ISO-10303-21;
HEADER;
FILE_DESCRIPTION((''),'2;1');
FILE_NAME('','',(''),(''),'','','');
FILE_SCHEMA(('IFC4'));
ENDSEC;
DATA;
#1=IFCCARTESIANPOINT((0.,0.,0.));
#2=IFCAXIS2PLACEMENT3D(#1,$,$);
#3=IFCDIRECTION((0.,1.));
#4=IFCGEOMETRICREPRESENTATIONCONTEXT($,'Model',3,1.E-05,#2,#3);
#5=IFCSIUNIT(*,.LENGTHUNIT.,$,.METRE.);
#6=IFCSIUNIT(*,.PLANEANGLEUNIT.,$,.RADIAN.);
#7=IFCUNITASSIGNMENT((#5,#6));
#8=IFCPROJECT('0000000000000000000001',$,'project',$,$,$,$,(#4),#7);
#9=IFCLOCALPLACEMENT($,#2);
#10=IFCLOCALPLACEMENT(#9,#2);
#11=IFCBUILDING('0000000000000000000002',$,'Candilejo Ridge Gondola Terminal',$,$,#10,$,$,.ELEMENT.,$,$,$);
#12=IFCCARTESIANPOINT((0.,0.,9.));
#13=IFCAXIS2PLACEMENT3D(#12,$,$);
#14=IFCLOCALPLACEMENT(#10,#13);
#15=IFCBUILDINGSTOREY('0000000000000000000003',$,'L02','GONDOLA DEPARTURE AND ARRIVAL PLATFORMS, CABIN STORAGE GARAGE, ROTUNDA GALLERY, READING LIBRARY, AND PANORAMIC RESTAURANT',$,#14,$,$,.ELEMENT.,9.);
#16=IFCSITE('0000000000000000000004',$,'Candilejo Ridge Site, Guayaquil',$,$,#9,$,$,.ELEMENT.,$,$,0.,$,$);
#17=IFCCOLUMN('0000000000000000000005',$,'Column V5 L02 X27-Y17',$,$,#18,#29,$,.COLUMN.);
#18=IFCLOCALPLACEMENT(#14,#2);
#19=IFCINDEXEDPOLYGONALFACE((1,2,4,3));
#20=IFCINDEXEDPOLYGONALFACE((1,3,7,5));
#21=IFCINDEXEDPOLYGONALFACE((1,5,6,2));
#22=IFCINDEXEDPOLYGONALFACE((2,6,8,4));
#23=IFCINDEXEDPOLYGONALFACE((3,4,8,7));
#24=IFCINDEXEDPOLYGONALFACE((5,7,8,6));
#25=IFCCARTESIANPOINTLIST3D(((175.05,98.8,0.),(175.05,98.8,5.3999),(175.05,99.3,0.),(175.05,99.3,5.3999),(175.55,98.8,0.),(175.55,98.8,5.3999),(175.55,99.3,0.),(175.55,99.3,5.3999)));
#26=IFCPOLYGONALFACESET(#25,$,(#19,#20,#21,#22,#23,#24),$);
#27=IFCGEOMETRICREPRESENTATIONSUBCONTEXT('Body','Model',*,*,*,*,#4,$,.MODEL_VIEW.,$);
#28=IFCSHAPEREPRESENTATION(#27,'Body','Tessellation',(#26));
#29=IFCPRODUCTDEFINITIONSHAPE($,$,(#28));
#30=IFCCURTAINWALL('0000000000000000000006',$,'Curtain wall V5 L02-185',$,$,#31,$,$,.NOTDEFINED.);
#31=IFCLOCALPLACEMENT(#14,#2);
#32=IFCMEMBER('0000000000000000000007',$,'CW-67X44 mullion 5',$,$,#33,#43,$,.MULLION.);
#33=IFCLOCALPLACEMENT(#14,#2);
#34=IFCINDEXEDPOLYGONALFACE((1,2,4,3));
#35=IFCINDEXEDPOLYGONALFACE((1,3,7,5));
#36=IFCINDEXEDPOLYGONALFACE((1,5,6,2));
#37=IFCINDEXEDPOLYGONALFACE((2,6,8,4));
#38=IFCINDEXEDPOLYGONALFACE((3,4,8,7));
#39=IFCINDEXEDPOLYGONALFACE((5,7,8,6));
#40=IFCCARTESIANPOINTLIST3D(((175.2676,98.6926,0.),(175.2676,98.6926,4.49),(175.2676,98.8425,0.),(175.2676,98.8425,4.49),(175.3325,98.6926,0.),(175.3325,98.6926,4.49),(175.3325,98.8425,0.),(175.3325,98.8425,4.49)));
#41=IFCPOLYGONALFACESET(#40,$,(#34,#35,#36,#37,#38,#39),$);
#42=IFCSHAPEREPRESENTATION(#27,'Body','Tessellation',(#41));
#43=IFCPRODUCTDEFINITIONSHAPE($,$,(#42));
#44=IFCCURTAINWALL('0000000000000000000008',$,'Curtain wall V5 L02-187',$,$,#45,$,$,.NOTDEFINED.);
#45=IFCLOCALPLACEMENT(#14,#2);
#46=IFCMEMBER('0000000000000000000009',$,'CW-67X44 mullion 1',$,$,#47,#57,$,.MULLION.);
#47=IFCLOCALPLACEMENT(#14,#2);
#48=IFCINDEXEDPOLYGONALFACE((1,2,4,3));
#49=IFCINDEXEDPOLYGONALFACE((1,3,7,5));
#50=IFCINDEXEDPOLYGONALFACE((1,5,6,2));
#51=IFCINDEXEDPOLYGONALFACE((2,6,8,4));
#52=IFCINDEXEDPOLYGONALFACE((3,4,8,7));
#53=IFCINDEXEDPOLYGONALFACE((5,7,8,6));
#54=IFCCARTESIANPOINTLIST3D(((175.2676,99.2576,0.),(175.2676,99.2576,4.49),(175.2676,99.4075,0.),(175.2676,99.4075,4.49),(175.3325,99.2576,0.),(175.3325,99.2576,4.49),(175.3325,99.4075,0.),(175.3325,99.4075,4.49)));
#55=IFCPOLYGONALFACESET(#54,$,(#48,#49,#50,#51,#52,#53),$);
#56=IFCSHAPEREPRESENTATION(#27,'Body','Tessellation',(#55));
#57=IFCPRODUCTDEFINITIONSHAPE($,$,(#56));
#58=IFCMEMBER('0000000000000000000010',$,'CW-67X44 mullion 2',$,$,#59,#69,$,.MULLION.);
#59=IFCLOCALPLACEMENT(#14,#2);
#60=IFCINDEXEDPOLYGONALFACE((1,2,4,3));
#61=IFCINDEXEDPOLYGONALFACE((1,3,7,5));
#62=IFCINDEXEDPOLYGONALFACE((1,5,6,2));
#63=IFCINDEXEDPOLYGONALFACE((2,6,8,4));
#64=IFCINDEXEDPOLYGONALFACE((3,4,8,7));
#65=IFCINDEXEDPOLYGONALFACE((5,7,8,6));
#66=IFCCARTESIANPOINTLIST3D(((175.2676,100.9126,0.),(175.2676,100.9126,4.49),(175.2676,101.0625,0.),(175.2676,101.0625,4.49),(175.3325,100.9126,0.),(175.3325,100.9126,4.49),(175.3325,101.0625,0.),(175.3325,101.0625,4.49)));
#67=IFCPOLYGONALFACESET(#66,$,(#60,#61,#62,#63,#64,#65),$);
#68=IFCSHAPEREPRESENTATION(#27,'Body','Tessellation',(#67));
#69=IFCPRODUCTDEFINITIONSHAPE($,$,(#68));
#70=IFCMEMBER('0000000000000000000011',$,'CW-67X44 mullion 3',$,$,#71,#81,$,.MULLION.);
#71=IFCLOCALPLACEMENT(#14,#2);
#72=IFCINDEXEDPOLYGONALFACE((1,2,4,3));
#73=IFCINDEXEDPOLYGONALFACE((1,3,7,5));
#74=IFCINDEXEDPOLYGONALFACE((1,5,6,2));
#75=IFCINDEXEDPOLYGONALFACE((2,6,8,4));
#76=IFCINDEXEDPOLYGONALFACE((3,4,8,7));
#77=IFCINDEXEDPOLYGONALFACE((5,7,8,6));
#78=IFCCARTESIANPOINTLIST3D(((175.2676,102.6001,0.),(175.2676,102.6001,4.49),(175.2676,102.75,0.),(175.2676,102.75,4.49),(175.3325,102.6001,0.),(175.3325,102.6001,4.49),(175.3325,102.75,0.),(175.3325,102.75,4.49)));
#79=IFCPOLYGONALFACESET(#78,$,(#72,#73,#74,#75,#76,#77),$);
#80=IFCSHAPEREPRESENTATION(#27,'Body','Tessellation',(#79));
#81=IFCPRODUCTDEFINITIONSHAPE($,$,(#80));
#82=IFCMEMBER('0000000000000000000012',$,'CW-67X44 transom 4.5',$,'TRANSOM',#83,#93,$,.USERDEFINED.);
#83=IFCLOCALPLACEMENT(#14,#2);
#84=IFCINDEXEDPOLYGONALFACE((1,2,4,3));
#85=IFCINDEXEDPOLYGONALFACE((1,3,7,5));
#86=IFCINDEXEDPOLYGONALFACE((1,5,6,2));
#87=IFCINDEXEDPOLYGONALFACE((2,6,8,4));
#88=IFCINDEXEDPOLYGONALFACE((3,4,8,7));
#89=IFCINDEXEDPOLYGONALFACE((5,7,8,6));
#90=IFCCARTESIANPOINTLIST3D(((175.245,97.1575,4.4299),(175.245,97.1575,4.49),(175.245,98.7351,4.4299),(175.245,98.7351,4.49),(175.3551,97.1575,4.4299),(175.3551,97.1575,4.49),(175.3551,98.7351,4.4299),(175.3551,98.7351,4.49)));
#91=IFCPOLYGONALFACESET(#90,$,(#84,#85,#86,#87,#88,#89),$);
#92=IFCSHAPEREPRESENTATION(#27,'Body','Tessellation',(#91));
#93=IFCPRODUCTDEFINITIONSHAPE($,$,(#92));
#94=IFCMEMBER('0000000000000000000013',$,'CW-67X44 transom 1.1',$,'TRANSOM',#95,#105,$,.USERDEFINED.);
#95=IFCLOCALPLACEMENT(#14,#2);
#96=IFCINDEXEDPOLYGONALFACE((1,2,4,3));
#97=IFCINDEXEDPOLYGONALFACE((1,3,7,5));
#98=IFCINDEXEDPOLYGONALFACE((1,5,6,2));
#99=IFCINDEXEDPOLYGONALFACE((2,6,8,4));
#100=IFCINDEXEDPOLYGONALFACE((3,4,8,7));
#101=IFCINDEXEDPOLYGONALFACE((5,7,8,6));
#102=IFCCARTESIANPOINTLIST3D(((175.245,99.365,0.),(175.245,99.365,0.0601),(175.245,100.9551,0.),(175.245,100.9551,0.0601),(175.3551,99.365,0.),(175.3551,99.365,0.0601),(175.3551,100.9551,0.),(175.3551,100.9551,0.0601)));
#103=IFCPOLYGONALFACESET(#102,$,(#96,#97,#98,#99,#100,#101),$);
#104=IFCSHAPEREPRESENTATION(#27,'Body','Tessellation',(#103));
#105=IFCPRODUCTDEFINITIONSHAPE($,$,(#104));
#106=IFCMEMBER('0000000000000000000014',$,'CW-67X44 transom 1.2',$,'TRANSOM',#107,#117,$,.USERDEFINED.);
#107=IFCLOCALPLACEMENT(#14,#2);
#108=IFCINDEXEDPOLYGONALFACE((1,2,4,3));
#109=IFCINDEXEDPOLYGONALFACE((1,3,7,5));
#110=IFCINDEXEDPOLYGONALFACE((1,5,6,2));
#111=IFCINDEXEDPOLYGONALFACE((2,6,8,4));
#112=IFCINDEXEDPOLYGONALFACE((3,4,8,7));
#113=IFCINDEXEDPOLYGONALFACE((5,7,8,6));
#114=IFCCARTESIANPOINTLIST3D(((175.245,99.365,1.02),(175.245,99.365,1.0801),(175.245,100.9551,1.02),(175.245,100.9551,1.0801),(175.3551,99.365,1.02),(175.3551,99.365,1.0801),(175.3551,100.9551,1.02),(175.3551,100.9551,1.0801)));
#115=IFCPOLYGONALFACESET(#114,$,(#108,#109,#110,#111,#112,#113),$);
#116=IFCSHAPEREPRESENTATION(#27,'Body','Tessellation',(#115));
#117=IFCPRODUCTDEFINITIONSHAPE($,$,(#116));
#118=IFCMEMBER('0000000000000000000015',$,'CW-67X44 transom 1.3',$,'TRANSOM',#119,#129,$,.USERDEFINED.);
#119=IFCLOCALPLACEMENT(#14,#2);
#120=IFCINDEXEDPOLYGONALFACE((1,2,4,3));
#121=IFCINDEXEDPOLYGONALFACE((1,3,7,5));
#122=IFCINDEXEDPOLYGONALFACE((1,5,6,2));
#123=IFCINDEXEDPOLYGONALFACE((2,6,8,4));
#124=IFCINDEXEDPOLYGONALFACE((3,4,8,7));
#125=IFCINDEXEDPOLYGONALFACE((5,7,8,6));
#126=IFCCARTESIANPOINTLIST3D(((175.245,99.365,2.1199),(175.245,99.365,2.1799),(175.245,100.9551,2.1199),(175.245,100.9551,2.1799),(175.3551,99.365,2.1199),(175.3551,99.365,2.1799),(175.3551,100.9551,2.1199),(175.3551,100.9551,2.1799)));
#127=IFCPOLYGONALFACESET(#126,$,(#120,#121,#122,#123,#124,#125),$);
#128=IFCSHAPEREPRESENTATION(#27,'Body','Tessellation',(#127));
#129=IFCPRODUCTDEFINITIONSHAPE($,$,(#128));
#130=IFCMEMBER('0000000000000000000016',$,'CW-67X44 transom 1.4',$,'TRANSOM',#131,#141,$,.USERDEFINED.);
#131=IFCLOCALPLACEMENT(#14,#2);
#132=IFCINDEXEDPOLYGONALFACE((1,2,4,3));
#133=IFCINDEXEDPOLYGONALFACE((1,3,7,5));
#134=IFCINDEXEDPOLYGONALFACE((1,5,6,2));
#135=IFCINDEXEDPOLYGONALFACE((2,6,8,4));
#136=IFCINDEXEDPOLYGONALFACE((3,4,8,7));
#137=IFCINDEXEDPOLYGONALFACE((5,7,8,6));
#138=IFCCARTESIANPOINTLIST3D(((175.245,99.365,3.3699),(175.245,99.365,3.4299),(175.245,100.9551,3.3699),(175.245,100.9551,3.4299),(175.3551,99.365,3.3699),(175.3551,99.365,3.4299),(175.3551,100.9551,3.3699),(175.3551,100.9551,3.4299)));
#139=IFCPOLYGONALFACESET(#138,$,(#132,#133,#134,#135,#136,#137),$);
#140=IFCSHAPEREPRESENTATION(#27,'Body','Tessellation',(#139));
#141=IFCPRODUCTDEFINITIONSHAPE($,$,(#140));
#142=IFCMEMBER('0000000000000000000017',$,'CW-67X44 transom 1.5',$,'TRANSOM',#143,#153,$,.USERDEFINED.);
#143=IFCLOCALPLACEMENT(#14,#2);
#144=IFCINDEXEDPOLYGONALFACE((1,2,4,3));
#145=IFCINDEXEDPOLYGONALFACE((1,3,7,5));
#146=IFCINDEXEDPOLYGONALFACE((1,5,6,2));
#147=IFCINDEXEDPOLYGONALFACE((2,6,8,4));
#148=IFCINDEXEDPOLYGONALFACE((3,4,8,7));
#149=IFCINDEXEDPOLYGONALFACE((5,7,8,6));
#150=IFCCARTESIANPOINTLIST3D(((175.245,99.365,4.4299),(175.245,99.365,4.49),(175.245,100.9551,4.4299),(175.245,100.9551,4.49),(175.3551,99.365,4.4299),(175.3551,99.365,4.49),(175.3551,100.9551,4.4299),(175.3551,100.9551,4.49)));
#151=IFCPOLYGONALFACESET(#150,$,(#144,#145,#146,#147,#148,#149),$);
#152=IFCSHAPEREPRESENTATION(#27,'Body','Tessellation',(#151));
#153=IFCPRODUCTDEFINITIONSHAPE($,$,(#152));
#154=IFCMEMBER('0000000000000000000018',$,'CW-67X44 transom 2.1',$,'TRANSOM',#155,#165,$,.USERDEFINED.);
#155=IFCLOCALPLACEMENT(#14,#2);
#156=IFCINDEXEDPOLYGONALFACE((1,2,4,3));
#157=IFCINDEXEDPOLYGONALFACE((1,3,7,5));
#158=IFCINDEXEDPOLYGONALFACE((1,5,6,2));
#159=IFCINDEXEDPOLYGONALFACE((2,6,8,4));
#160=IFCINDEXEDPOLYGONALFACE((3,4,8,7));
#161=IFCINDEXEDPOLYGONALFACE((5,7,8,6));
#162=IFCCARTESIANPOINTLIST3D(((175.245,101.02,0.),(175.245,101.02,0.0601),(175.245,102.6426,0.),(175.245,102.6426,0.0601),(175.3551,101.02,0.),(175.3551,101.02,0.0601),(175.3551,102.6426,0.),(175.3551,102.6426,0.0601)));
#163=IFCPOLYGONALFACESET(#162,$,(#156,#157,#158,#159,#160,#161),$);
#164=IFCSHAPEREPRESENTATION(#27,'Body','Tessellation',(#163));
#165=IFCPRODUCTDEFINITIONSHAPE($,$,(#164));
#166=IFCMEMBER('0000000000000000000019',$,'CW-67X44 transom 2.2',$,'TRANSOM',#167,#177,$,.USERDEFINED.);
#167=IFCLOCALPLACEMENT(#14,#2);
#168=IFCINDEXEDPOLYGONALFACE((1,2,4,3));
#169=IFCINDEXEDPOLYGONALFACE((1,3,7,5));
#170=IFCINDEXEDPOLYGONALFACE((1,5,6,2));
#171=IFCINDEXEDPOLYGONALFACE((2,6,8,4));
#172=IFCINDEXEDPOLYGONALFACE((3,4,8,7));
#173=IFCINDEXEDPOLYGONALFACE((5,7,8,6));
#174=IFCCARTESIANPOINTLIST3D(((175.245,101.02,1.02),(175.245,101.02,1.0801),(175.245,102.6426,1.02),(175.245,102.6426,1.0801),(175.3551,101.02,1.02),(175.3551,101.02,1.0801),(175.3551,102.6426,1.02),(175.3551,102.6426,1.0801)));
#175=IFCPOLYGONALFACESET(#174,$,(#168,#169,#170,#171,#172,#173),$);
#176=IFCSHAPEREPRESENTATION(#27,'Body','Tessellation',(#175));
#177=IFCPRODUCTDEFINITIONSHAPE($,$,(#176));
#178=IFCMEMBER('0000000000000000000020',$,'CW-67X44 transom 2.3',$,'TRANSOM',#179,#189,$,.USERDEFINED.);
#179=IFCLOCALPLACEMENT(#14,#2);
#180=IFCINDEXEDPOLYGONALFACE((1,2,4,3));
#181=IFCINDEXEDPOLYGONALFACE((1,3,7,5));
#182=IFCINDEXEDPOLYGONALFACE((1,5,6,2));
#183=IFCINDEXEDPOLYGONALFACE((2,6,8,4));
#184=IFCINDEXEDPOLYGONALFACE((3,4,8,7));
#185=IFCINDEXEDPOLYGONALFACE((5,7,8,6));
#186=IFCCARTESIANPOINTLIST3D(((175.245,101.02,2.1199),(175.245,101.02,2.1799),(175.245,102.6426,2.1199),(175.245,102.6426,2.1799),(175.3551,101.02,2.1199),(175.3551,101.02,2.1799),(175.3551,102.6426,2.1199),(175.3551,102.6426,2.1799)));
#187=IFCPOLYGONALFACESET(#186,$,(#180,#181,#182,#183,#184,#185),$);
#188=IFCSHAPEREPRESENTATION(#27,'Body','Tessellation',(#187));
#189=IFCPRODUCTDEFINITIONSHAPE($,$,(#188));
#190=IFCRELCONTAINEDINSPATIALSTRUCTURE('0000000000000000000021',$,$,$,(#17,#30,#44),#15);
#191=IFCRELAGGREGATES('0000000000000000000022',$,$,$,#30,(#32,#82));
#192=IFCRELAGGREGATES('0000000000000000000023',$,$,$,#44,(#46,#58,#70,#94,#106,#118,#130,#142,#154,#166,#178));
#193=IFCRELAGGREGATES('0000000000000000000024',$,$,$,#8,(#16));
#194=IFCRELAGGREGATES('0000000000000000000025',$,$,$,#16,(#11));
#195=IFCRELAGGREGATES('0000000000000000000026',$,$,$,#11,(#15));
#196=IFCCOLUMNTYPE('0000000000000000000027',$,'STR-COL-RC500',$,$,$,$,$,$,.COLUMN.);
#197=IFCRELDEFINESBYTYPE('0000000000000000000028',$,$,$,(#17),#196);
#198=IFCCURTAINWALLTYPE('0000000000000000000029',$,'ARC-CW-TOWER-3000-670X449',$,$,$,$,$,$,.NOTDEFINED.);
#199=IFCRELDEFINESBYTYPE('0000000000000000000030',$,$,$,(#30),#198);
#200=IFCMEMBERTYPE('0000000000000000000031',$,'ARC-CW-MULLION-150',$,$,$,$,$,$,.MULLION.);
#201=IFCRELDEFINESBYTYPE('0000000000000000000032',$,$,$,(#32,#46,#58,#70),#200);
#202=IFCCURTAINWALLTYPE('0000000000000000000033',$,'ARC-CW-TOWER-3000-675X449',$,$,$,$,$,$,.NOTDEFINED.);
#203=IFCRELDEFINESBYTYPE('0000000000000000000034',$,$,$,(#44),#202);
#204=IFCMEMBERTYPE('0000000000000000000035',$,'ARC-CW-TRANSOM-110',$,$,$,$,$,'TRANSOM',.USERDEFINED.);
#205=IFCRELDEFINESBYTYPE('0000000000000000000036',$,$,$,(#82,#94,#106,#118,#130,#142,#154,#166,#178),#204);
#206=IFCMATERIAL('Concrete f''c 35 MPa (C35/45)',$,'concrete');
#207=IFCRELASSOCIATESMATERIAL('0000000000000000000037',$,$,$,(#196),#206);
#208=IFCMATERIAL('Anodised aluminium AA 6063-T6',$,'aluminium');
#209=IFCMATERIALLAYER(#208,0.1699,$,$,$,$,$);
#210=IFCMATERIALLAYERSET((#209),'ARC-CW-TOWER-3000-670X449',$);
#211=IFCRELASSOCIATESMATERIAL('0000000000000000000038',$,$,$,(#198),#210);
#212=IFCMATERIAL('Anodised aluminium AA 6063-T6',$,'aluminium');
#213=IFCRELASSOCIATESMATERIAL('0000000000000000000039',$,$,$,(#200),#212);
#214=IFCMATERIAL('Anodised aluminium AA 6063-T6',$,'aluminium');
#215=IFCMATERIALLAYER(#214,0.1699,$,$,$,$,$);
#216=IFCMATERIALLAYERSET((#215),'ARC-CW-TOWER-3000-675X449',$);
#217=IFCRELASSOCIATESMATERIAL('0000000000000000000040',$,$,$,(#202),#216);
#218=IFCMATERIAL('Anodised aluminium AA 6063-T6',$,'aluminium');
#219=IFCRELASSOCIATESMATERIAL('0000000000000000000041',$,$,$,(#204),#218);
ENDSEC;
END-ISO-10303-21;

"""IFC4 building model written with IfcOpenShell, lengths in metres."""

from ifc_helpers import new_model, si_unit, direction, frame, origin, origin_2d, place, context, subcontext, project, spatial, rectangle, extrude, material, layer, layer_set, material_profile, profile_set, type_object, element, aggregate, save


model = new_model("IFC4")

# Units and contexts
model_context = context("Model", 3, precision=1e-05, world=origin(), true_north=direction((0.0, 1.0)))
body_context = subcontext(model_context, "Body", "Model", "MODEL_VIEW")
ifc_project = project(units=[si_unit("LENGTHUNIT", "METRE"), si_unit("PLANEANGLEUNIT", "RADIAN")], contexts=[model_context])

# Site, building, storey
site_placement = place(None, origin())
site = spatial("IfcSite", under=ifc_project, at=site_placement, Name="Candilejo Ridge Site, Guayaquil", CompositionType="ELEMENT", RefElevation=0.0)
building_placement = place(site_placement, origin())
building = spatial("IfcBuilding", under=site, at=building_placement, Name="Candilejo Ridge Gondola Terminal", CompositionType="ELEMENT")
storey_placement = place(building_placement, frame((0.0, 0.0, 9.0)))
storey = spatial("IfcBuildingStorey", under=building, at=storey_placement, Name="L02", Description="GONDOLA DEPARTURE AND ARRIVAL PLATFORMS, CABIN STORAGE GARAGE, ROTUNDA GALLERY, READING LIBRARY, AND PANORAMIC RESTAURANT", CompositionType="ELEMENT", Elevation=9.0)

# Column
ifc_material_1 = material(Name="Concrete f'c 35 MPa (C35/45)", Category="concrete")
ifc_material_profile_1 = material_profile(ifc_material_1, rectangle(XDim=0.5, YDim=0.5, at=origin_2d()))
ifc_profile_set_1 = profile_set([ifc_material_profile_1], Name="Concrete f'c 35 MPa (C35/45)")
column_type = type_object("IfcColumnType", Name="STR-COL-RC500", PredefinedType="COLUMN", material=ifc_profile_set_1)
column_placement = place(storey_placement, frame((175.3, 99.05, 0.0), z_axis=(0.0, 0.0, 1.0), x_axis=(1.0, 0.0, 0.0)))
element("IfcColumn", 1, at=column_placement, inside=storey, type_object=column_type, Name="Column V5 L02 X27-Y17", PredefinedType="COLUMN", context=body_context, shape_type="SweptSolid", body=[
    extrude(rectangle(XDim=0.5, YDim=0.5, at=origin_2d()), origin(), (0.0, 0.0, 1.0), 5.3999),
])

# Curtain wall, member
ifc_material_2 = material(Name="Anodised aluminium AA 6063-T6", Category="aluminium")
ifc_layer_1 = layer(ifc_material_2, 0.1699)
ifc_layer_set_1 = layer_set([ifc_layer_1], Name="ARC-CW-TOWER-3000-670X449")
curtain_wall_type_1 = type_object("IfcCurtainWallType", Name="ARC-CW-TOWER-3000-670X449", PredefinedType="NOTDEFINED", material=ifc_layer_set_1)
curtain_wall_1_placement = place(storey_placement, origin())
curtain_wall_1 = element("IfcCurtainWall", 2, at=curtain_wall_1_placement, inside=storey, type_object=curtain_wall_type_1, Name="Curtain wall V5 L02-185", PredefinedType="NOTDEFINED")
ifc_material_3 = material(Name="Anodised aluminium AA 6063-T6", Category="aluminium")
ifc_material_profile_2 = material_profile(ifc_material_3, rectangle(XDim=0.0649, YDim=0.1499, at=origin_2d()))
ifc_profile_set_2 = profile_set([ifc_material_profile_2], Name="Anodised aluminium AA 6063-T6")
member_type_1 = type_object("IfcMemberType", Name="ARC-CW-MULLION-150", PredefinedType="MULLION", material=ifc_profile_set_2)
member_1_placement = place(storey_placement, frame((175.3, 98.7676, 0.0), z_axis=(0.0, 0.0, 1.0), x_axis=(-1.0, 0.0, 0.0)))
member_1 = element("IfcMember", 3, at=member_1_placement, type_object=member_type_1, Name="CW-67X44 mullion 5", PredefinedType="MULLION", context=body_context, shape_type="SweptSolid", body=[
    extrude(rectangle(XDim=0.0649, YDim=0.1499, at=origin_2d()), origin(), (0.0, 0.0, 1.0), 4.49),
])

# Curtain wall, members
ifc_material_4 = material(Name="Anodised aluminium AA 6063-T6", Category="aluminium")
ifc_layer_2 = layer(ifc_material_4, 0.1699)
ifc_layer_set_2 = layer_set([ifc_layer_2], Name="ARC-CW-TOWER-3000-675X449")
curtain_wall_type_2 = type_object("IfcCurtainWallType", Name="ARC-CW-TOWER-3000-675X449", PredefinedType="NOTDEFINED", material=ifc_layer_set_2)
curtain_wall_2_placement = place(storey_placement, origin())
curtain_wall_2 = element("IfcCurtainWall", 4, at=curtain_wall_2_placement, inside=storey, type_object=curtain_wall_type_2, Name="Curtain wall V5 L02-187", PredefinedType="NOTDEFINED")
member_2_placement = place(storey_placement, frame((175.3, 99.3325, 0.0), z_axis=(0.0, 0.0, 1.0), x_axis=(-1.0, 0.0, 0.0)))
member_2 = element("IfcMember", 5, at=member_2_placement, type_object=member_type_1, Name="CW-67X44 mullion 1", PredefinedType="MULLION", context=body_context, shape_type="SweptSolid", body=[
    extrude(rectangle(XDim=0.0649, YDim=0.1499, at=origin_2d()), origin(), (0.0, 0.0, 1.0), 4.49),
])
member_3_placement = place(storey_placement, frame((175.3, 100.9875, 0.0), z_axis=(0.0, 0.0, 1.0), x_axis=(-1.0, 0.0, 0.0)))
member_3 = element("IfcMember", 6, at=member_3_placement, type_object=member_type_1, Name="CW-67X44 mullion 2", PredefinedType="MULLION", context=body_context, shape_type="SweptSolid", body=[
    extrude(rectangle(XDim=0.0649, YDim=0.1499, at=origin_2d()), origin(), (0.0, 0.0, 1.0), 4.49),
])
member_4_placement = place(storey_placement, frame((175.3, 102.675, 0.0), z_axis=(0.0, 0.0, 1.0), x_axis=(-1.0, 0.0, 0.0)))
member_4 = element("IfcMember", 7, at=member_4_placement, type_object=member_type_1, Name="CW-67X44 mullion 3", PredefinedType="MULLION", context=body_context, shape_type="SweptSolid", body=[
    extrude(rectangle(XDim=0.0649, YDim=0.1499, at=origin_2d()), origin(), (0.0, 0.0, 1.0), 4.49),
])

# Members
ifc_material_5 = material(Name="Anodised aluminium AA 6063-T6", Category="aluminium")
ifc_material_profile_3 = material_profile(ifc_material_5, rectangle(XDim=0.1101, YDim=0.0601, at=origin_2d()))
ifc_profile_set_3 = profile_set([ifc_material_profile_3], Name="Anodised aluminium AA 6063-T6")
member_type_2 = type_object("IfcMemberType", Name="ARC-CW-TRANSOM-110", ElementType="TRANSOM", PredefinedType="USERDEFINED", material=ifc_profile_set_3)
member_5_placement = place(storey_placement, frame((175.3, 97.1575, 4.46), z_axis=(0.0, 1.0, 0.0), x_axis=(-1.0, 0.0, 0.0)))
member_5 = element("IfcMember", 8, at=member_5_placement, type_object=member_type_2, Name="CW-67X44 transom 4.5", ObjectType="TRANSOM", PredefinedType="USERDEFINED", context=body_context, shape_type="SweptSolid", body=[
    extrude(rectangle(XDim=0.1101, YDim=0.0601, at=origin_2d()), origin(), (0.0, 0.0, 1.0), 1.5776),
])
member_6_placement = place(storey_placement, frame((175.3, 99.365, 0.03), z_axis=(0.0, 1.0, 0.0), x_axis=(-1.0, 0.0, 0.0)))
member_6 = element("IfcMember", 9, at=member_6_placement, type_object=member_type_2, Name="CW-67X44 transom 1.1", ObjectType="TRANSOM", PredefinedType="USERDEFINED", context=body_context, shape_type="SweptSolid", body=[
    extrude(rectangle(XDim=0.1101, YDim=0.0601, at=origin_2d()), origin(), (0.0, 0.0, 1.0), 1.5901),
])
member_7_placement = place(storey_placement, frame((175.3, 99.365, 1.05), z_axis=(0.0, 1.0, 0.0), x_axis=(-1.0, 0.0, 0.0)))
member_7 = element("IfcMember", 10, at=member_7_placement, type_object=member_type_2, Name="CW-67X44 transom 1.2", ObjectType="TRANSOM", PredefinedType="USERDEFINED", context=body_context, shape_type="SweptSolid", body=[
    extrude(rectangle(XDim=0.1101, YDim=0.0601, at=origin_2d()), origin(), (0.0, 0.0, 1.0), 1.5901),
])
member_8_placement = place(storey_placement, frame((175.3, 99.365, 2.1499), z_axis=(0.0, 1.0, 0.0), x_axis=(-1.0, 0.0, 0.0)))
member_8 = element("IfcMember", 11, at=member_8_placement, type_object=member_type_2, Name="CW-67X44 transom 1.3", ObjectType="TRANSOM", PredefinedType="USERDEFINED", context=body_context, shape_type="SweptSolid", body=[
    extrude(rectangle(XDim=0.1101, YDim=0.0601, at=origin_2d()), origin(), (0.0, 0.0, 1.0), 1.5901),
])
member_9_placement = place(storey_placement, frame((175.3, 99.365, 3.3999), z_axis=(0.0, 1.0, 0.0), x_axis=(-1.0, 0.0, 0.0)))
member_9 = element("IfcMember", 12, at=member_9_placement, type_object=member_type_2, Name="CW-67X44 transom 1.4", ObjectType="TRANSOM", PredefinedType="USERDEFINED", context=body_context, shape_type="SweptSolid", body=[
    extrude(rectangle(XDim=0.1101, YDim=0.0601, at=origin_2d()), origin(), (0.0, 0.0, 1.0), 1.5901),
])
member_10_placement = place(storey_placement, frame((175.3, 99.365, 4.46), z_axis=(0.0, 1.0, 0.0), x_axis=(-1.0, 0.0, 0.0)))
member_10 = element("IfcMember", 13, at=member_10_placement, type_object=member_type_2, Name="CW-67X44 transom 1.5", ObjectType="TRANSOM", PredefinedType="USERDEFINED", context=body_context, shape_type="SweptSolid", body=[
    extrude(rectangle(XDim=0.1101, YDim=0.0601, at=origin_2d()), origin(), (0.0, 0.0, 1.0), 1.5901),
])
member_11_placement = place(storey_placement, frame((175.3, 101.02, 0.03), z_axis=(0.0, 1.0, 0.0), x_axis=(-1.0, 0.0, 0.0)))
member_11 = element("IfcMember", 14, at=member_11_placement, type_object=member_type_2, Name="CW-67X44 transom 2.1", ObjectType="TRANSOM", PredefinedType="USERDEFINED", context=body_context, shape_type="SweptSolid", body=[
    extrude(rectangle(XDim=0.1101, YDim=0.0601, at=origin_2d()), origin(), (0.0, 0.0, 1.0), 1.6226),
])
member_12_placement = place(storey_placement, frame((175.3, 101.02, 1.05), z_axis=(0.0, 1.0, 0.0), x_axis=(-1.0, 0.0, 0.0)))
member_12 = element("IfcMember", 15, at=member_12_placement, type_object=member_type_2, Name="CW-67X44 transom 2.2", ObjectType="TRANSOM", PredefinedType="USERDEFINED", context=body_context, shape_type="SweptSolid", body=[
    extrude(rectangle(XDim=0.1101, YDim=0.0601, at=origin_2d()), origin(), (0.0, 0.0, 1.0), 1.6226),
])
member_13_placement = place(storey_placement, frame((175.3, 101.02, 2.1499), z_axis=(0.0, 1.0, 0.0), x_axis=(-1.0, 0.0, 0.0)))
member_13 = element("IfcMember", 16, at=member_13_placement, type_object=member_type_2, Name="CW-67X44 transom 2.3", ObjectType="TRANSOM", PredefinedType="USERDEFINED", context=body_context, shape_type="SweptSolid", body=[
    extrude(rectangle(XDim=0.1101, YDim=0.0601, at=origin_2d()), origin(), (0.0, 0.0, 1.0), 1.6226),
])

aggregate(curtain_wall_1, [member_1, member_5])
aggregate(curtain_wall_2, [member_2, member_3, member_4, member_6, member_7, member_8, member_9, member_10, member_11, member_12, member_13])

save(model, "model.ifc")
